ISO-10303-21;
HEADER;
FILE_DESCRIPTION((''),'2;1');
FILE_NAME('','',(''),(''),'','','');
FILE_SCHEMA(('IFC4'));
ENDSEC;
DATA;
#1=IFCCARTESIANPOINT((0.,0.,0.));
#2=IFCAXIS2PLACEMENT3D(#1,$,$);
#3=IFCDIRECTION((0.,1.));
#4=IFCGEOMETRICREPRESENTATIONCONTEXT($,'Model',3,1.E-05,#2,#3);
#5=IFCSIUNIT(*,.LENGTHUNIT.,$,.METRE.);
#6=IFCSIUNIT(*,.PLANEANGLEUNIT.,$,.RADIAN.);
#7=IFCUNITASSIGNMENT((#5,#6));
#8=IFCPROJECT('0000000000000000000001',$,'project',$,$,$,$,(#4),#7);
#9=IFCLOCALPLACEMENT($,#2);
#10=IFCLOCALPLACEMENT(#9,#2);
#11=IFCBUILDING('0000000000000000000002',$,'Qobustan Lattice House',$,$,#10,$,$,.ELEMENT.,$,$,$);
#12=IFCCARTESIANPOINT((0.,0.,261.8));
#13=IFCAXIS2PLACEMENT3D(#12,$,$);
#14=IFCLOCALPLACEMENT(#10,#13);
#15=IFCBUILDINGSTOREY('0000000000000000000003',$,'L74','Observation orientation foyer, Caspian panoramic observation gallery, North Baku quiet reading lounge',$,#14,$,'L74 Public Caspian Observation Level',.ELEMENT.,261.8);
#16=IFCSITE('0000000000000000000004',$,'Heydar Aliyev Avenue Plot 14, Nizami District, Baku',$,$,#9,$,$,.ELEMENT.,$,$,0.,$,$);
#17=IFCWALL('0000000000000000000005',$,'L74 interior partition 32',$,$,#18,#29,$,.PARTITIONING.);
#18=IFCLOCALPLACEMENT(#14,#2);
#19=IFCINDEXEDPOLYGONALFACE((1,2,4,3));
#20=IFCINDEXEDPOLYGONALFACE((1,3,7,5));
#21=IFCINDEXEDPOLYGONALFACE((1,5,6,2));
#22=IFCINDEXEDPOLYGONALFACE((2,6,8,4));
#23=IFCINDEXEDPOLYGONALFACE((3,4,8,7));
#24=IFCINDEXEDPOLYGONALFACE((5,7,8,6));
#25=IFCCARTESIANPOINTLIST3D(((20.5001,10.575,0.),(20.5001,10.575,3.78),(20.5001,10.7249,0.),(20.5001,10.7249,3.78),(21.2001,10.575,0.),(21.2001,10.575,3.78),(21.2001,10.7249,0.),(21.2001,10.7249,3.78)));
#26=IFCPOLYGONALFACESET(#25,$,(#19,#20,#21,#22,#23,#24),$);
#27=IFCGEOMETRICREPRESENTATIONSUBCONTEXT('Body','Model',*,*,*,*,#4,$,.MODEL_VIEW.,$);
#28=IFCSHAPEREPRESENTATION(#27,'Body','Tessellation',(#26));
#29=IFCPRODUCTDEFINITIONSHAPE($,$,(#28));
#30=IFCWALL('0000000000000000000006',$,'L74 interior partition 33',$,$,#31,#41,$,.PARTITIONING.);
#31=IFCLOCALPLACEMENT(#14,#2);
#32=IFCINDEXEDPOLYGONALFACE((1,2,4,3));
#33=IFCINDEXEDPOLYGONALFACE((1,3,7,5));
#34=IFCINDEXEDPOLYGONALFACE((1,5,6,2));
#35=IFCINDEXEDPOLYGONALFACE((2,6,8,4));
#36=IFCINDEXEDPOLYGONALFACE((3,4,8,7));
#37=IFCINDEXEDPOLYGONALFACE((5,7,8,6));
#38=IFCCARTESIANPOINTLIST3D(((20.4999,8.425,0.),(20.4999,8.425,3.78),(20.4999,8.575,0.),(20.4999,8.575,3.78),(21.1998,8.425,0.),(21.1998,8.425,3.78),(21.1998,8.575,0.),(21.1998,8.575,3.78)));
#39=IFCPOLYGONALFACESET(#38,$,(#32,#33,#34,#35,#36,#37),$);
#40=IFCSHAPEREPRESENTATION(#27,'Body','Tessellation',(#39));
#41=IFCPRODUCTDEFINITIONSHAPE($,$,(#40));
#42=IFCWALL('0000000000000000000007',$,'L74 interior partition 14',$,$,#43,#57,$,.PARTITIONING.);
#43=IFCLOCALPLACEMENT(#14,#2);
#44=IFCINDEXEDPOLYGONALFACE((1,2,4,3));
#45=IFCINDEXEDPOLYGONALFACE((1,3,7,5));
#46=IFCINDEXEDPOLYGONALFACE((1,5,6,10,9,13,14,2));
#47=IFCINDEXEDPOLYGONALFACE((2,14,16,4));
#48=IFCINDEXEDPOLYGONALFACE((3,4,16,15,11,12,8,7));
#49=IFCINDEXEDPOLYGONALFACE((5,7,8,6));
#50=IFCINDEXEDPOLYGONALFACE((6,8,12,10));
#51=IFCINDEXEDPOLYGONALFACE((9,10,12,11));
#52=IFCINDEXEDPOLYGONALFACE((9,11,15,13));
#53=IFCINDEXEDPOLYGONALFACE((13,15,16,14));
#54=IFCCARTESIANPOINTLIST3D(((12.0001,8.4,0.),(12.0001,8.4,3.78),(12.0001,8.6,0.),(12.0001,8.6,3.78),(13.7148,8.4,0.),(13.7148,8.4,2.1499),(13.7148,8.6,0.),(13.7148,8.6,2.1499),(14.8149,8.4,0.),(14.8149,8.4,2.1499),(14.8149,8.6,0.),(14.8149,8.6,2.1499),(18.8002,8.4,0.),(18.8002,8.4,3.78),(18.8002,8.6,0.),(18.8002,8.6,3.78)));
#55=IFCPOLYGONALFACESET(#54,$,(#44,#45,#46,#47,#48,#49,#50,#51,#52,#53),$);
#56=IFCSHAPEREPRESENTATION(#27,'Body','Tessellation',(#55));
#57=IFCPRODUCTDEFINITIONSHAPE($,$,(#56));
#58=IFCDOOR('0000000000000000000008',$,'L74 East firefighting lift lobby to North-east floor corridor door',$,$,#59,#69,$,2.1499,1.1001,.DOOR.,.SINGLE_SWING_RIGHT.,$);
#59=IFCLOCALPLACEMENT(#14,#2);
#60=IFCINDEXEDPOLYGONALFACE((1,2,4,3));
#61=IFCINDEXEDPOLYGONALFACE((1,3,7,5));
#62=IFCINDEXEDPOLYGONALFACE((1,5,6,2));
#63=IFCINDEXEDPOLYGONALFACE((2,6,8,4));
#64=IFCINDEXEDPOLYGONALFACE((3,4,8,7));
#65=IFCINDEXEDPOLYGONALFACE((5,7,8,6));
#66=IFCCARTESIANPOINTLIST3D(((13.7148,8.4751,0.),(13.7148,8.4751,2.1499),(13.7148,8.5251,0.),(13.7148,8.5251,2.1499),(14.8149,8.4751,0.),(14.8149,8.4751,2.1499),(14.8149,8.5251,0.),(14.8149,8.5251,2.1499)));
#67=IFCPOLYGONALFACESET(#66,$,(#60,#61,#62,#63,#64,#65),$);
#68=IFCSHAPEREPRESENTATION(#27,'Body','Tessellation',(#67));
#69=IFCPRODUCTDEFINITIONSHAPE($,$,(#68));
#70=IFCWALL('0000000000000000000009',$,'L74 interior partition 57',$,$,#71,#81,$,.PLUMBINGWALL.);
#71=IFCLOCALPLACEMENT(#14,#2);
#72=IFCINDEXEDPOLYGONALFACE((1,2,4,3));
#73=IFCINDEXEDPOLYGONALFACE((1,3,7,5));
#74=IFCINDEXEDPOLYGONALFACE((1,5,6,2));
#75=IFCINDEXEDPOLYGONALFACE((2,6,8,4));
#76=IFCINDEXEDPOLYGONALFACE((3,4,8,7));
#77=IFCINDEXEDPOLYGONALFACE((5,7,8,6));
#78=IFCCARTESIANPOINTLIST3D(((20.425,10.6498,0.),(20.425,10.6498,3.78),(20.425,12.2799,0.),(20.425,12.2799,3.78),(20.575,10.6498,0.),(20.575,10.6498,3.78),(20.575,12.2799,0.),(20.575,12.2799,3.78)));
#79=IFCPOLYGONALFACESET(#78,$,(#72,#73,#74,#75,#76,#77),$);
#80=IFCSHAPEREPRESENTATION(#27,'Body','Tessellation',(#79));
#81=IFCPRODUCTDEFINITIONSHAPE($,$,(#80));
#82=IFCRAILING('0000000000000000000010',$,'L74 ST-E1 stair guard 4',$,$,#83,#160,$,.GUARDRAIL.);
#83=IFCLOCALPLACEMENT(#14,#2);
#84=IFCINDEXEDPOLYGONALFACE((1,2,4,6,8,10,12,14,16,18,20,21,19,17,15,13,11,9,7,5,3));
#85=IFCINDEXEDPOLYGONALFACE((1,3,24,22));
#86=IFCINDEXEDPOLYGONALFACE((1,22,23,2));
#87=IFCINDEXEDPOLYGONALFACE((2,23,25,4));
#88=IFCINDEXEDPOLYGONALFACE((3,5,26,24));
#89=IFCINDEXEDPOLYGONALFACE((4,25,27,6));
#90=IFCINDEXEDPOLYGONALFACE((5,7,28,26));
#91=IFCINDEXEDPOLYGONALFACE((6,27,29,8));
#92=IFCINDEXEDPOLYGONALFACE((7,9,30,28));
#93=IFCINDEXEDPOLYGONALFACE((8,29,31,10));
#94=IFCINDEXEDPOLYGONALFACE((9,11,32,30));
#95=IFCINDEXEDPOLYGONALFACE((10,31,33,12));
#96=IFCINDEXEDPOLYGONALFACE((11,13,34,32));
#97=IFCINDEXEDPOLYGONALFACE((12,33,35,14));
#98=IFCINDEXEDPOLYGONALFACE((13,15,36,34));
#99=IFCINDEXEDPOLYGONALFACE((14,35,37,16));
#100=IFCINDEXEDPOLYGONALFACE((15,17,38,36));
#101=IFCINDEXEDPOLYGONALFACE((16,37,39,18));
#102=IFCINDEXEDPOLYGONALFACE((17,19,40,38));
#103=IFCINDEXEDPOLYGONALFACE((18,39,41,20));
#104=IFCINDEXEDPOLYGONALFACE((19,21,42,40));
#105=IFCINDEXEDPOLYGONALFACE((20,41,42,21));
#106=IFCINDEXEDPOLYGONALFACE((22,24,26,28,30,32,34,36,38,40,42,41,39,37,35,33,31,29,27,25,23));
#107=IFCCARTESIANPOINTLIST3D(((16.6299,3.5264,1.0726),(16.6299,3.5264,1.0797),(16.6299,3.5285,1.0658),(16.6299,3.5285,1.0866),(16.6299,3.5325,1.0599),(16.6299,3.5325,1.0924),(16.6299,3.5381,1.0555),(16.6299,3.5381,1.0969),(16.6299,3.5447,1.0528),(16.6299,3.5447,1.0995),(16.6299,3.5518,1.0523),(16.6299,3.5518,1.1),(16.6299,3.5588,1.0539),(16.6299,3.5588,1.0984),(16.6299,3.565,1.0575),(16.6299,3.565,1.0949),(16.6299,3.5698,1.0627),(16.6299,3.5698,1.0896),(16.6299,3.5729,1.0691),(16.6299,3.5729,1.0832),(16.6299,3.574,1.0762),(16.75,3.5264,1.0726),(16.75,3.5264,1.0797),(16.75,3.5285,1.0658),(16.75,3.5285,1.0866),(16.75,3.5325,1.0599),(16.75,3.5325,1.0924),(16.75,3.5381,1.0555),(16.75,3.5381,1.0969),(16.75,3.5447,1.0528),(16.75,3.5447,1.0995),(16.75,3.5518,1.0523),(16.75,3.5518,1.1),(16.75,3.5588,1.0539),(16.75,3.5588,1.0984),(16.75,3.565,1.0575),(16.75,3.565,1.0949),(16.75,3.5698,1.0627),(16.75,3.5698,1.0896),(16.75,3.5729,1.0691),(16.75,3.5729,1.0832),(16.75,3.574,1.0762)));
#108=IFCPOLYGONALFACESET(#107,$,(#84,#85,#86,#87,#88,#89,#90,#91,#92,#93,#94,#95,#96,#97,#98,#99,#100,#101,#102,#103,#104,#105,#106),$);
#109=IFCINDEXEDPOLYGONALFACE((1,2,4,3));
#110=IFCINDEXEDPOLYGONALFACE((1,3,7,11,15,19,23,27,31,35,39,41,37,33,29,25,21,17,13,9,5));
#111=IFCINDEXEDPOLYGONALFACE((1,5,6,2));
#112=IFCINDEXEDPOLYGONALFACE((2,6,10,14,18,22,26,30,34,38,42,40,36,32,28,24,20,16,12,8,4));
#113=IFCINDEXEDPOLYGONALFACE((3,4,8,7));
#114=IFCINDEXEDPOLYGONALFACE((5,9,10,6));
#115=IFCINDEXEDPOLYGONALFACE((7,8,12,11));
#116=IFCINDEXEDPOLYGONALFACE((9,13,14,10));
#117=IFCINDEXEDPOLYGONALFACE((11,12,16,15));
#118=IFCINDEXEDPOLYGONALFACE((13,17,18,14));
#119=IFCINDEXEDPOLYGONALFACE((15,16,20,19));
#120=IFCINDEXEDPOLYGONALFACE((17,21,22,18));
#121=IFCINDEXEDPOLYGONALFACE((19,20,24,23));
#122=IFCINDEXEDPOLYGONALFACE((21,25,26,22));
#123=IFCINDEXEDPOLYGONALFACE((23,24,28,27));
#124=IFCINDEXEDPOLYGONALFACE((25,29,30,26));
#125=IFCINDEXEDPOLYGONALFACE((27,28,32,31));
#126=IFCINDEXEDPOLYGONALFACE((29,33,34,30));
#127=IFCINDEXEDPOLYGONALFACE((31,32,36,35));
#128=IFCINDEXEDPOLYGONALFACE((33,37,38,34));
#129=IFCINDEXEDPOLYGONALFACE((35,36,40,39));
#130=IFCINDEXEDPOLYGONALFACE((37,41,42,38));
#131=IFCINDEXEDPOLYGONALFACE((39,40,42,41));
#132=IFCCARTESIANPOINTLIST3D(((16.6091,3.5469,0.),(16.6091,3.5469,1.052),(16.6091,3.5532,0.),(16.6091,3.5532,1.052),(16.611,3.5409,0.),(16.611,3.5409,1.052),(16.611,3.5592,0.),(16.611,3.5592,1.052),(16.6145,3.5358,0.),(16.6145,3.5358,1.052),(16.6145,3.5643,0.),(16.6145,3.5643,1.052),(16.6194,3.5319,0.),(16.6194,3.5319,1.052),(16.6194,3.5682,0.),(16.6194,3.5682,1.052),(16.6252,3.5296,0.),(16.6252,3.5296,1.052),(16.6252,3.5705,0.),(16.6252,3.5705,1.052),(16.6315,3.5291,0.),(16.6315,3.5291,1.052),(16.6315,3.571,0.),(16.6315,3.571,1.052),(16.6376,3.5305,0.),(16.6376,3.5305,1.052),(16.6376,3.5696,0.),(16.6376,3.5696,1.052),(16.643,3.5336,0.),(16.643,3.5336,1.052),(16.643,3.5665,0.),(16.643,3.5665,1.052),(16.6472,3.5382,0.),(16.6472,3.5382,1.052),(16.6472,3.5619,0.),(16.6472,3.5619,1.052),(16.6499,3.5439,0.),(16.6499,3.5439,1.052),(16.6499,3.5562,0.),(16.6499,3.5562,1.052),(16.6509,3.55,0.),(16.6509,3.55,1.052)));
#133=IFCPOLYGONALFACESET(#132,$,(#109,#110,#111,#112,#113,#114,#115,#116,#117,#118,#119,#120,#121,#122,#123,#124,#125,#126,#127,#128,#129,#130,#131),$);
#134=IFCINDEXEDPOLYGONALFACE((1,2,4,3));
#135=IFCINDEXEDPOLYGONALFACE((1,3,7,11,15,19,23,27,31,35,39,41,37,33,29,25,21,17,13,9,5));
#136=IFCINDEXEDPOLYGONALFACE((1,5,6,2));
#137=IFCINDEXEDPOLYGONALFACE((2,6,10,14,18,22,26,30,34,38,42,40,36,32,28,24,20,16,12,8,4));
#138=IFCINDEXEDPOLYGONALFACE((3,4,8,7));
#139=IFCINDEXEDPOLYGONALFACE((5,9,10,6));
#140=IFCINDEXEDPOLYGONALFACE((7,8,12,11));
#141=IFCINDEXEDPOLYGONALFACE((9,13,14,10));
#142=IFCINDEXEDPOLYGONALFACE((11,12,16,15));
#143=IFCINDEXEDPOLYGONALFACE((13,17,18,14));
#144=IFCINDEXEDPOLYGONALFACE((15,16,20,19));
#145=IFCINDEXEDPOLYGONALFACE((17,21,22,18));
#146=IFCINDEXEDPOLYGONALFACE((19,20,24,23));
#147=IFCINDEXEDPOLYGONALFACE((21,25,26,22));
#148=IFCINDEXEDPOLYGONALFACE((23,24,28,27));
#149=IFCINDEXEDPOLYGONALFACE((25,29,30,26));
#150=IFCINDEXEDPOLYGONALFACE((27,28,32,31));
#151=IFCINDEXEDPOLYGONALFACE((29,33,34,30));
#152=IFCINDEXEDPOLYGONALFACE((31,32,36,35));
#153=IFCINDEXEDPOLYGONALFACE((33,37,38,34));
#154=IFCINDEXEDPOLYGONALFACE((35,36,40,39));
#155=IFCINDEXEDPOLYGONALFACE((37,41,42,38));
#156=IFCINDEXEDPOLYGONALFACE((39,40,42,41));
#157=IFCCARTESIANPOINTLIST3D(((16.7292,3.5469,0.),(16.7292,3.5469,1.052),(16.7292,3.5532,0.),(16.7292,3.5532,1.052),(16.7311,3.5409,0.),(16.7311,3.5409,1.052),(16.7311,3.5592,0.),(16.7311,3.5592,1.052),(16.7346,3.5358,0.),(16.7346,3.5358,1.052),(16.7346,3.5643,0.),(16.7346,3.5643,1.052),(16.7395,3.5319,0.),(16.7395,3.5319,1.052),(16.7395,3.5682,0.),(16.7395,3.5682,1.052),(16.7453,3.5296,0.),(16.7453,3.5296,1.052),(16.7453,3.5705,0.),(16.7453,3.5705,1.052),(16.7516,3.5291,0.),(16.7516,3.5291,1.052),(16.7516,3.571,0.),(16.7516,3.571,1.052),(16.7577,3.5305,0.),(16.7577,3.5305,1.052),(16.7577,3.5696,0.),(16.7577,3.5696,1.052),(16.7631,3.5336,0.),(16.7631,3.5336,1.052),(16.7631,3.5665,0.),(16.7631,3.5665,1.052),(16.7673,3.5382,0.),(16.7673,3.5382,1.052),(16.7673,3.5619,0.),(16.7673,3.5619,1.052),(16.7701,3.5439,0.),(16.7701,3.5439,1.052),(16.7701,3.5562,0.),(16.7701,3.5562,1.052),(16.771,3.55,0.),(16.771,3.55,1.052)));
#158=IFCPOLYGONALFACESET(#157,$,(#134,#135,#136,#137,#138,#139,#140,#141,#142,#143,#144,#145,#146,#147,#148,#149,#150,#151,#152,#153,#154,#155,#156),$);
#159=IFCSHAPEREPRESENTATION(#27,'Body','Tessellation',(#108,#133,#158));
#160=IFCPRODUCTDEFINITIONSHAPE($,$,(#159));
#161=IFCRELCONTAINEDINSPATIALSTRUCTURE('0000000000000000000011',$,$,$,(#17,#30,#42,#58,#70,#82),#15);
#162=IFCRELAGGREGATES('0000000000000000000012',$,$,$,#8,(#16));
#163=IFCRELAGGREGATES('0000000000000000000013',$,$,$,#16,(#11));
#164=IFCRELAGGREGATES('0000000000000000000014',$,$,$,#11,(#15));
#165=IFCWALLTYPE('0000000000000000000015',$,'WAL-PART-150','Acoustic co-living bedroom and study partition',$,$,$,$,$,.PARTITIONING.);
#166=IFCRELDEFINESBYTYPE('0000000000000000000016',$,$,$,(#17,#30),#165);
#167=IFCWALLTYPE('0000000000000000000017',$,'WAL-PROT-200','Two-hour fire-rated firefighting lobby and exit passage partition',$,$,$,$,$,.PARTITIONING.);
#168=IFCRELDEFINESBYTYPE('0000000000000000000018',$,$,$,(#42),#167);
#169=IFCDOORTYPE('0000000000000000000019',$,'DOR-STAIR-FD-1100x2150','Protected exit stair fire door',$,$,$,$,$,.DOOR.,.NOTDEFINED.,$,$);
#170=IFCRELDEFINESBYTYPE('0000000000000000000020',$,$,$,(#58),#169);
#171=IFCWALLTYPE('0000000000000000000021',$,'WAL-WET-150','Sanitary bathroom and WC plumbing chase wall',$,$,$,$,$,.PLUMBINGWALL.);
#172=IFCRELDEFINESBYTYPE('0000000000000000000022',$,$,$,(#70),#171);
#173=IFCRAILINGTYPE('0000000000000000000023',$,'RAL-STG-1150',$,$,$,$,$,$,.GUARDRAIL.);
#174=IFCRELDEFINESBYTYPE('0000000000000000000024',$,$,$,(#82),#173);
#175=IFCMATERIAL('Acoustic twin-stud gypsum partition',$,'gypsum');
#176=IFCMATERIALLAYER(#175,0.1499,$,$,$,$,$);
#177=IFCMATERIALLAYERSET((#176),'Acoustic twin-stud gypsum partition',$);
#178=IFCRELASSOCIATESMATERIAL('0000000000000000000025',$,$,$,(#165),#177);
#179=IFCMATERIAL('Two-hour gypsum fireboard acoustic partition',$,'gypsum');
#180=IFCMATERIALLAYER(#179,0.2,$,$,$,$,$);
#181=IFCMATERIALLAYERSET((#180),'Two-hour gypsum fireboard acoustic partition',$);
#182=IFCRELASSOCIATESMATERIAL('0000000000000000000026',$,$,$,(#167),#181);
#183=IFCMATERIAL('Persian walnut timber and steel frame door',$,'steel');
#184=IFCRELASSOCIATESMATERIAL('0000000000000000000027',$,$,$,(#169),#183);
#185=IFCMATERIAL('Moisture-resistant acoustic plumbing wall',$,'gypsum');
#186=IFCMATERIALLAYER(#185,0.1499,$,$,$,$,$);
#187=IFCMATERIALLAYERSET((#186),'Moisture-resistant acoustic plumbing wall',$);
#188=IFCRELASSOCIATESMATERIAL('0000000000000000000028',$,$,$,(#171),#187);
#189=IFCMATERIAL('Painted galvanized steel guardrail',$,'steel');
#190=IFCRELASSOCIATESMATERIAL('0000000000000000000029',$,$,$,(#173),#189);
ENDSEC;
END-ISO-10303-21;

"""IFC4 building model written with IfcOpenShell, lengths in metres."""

from ifc_helpers import new_model, si_unit, direction, frame, frame_2d, origin, origin_2d, place, context, subcontext, project, spatial, rectangle, circle, extrude, material, layer, layer_set, type_object, element, fill, save


model = new_model("IFC4")

# Units and contexts
model_context = context("Model", 3, precision=1e-05, world=origin(), true_north=direction((0.0, 1.0)))
body_context = subcontext(model_context, "Body", "Model", "MODEL_VIEW")
ifc_project = project(units=[si_unit("LENGTHUNIT", "METRE"), si_unit("PLANEANGLEUNIT", "RADIAN")], contexts=[model_context])

# Site, building, storey
site_placement = place(None, origin())
site = spatial("IfcSite", under=ifc_project, at=site_placement, Name="Heydar Aliyev Avenue Plot 14, Nizami District, Baku", CompositionType="ELEMENT", RefElevation=0.0)
building_placement = place(site_placement, origin())
building = spatial("IfcBuilding", under=site, at=building_placement, Name="Qobustan Lattice House", CompositionType="ELEMENT")
storey_placement = place(building_placement, frame((0.0, 0.0, 261.8)))
storey = spatial("IfcBuildingStorey", under=building, at=storey_placement, Name="L74", Description="Observation orientation foyer, Caspian panoramic observation gallery, North Baku quiet reading lounge", LongName="L74 Public Caspian Observation Level", CompositionType="ELEMENT", Elevation=261.8)

# Walls
ifc_material_1 = material(Name="Acoustic twin-stud gypsum partition", Category="gypsum")
ifc_layer_1 = layer(ifc_material_1, 0.1499)
ifc_layer_set_1 = layer_set([ifc_layer_1], Name="Acoustic twin-stud gypsum partition")
wall_type_1 = type_object("IfcWallType", Name="WAL-PART-150", Description="Acoustic co-living bedroom and study partition", PredefinedType="PARTITIONING", material=ifc_layer_set_1)
for number, where, z_axis, x_axis, name in (
    (1, (20.5, 10.6499, 0.0), (0.0, 0.0, 1.0), (1.0, 0.0, 0.0), "L74 interior partition 32"),
    (2, (21.2, 8.5, 0.0), (0.0, 0.0, 1.0), (-1.0, 0.0, 0.0), "L74 interior partition 33"),
):
    element("IfcWall", number, at=place(storey_placement, frame(where, z_axis=z_axis, x_axis=x_axis)), inside=storey, type_object=wall_type_1, Name=name, PredefinedType="PARTITIONING", context=body_context, shape_type="SweptSolid", body=[
        extrude(rectangle(XDim=0.7, YDim=0.1499, at=frame_2d((0.3501, 0.0))), origin(), (0.0, 0.0, 1.0), 3.78),
    ])

# Wall, opening, door
ifc_material_2 = material(Name="Two-hour gypsum fireboard acoustic partition", Category="gypsum")
ifc_layer_2 = layer(ifc_material_2, 0.2)
ifc_layer_set_2 = layer_set([ifc_layer_2], Name="Two-hour gypsum fireboard acoustic partition")
wall_type_2 = type_object("IfcWallType", Name="WAL-PROT-200", Description="Two-hour fire-rated firefighting lobby and exit passage partition", PredefinedType="PARTITIONING", material=ifc_layer_set_2)
wall_1_placement = place(storey_placement, frame((18.8, 8.5, 0.0), z_axis=(0.0, 0.0, 1.0), x_axis=(-1.0, 0.0, 0.0)))
wall_1 = element("IfcWall", 3, at=wall_1_placement, inside=storey, type_object=wall_type_2, Name="L74 interior partition 14", PredefinedType="PARTITIONING", context=body_context, shape_type="SweptSolid", body=[
    extrude(rectangle(XDim=6.8, YDim=0.2, at=frame_2d((3.3999, 0.0))), origin(), (0.0, 0.0, 1.0), 3.78),
])
opening_placement = place(wall_1_placement, frame((3.9851, 0.0, 0.0)))
opening = element("IfcOpeningElement", 4, at=opening_placement, cuts=wall_1, PredefinedType="OPENING", context=body_context, shape_type="SweptSolid", body=[
    extrude(rectangle(XDim=1.1001, YDim=2.1499, at=frame_2d((0.55, 1.075))), frame((0.0, 0.1099, 0.0), z_axis=(0.0, -1.0, 0.0), x_axis=(1.0, 0.0, 0.0)), (0.0, 0.0, 1.0), 0.22),
])
ifc_material_3 = material(Name="Persian walnut timber and steel frame door", Category="steel")
door_type = type_object("IfcDoorType", Name="DOR-STAIR-FD-1100x2150", Description="Protected exit stair fire door", OperationType="NOTDEFINED", PredefinedType="DOOR", material=ifc_material_3)
door_placement = place(opening_placement, origin())
door = element("IfcDoor", 5, at=door_placement, inside=storey, type_object=door_type, Name="L74 East firefighting lift lobby to North-east floor corridor door", OperationType="SINGLE_SWING_RIGHT", OverallHeight=2.1499, OverallWidth=1.1001, PredefinedType="DOOR", context=body_context, shape_type="SweptSolid", body=[
    extrude(rectangle(XDim=1.1001, YDim=2.1499, at=frame_2d((0.55, 1.075))), frame((0.0, 0.0249, 0.0), z_axis=(0.0, -1.0, 0.0), x_axis=(1.0, 0.0, 0.0)), (0.0, 0.0, 1.0), 0.05),
])
fill(opening, door)

# Wall
ifc_material_4 = material(Name="Moisture-resistant acoustic plumbing wall", Category="gypsum")
ifc_layer_3 = layer(ifc_material_4, 0.1499)
ifc_layer_set_3 = layer_set([ifc_layer_3], Name="Moisture-resistant acoustic plumbing wall")
wall_type_3 = type_object("IfcWallType", Name="WAL-WET-150", Description="Sanitary bathroom and WC plumbing chase wall", PredefinedType="PLUMBINGWALL", material=ifc_layer_set_3)
wall_2_placement = place(storey_placement, frame((20.5, 10.6499, 0.0), z_axis=(0.0, 0.0, 1.0), x_axis=(0.0, 1.0, 0.0)))
element("IfcWall", 6, at=wall_2_placement, inside=storey, type_object=wall_type_3, Name="L74 interior partition 57", PredefinedType="PLUMBINGWALL", context=body_context, shape_type="SweptSolid", body=[
    extrude(rectangle(XDim=1.6301, YDim=0.1499, at=frame_2d((0.8149, 0.0))), origin(), (0.0, 0.0, 1.0), 3.78),
])

# Railing
ifc_material_5 = material(Name="Painted galvanized steel guardrail", Category="steel")
railing_type = type_object("IfcRailingType", Name="RAL-STG-1150", PredefinedType="GUARDRAIL", material=ifc_material_5)
railing_placement = place(storey_placement, frame((16.6299, 3.55, 0.0)))
element("IfcRailing", 7, at=railing_placement, inside=storey, type_object=railing_type, Name="L74 ST-E1 stair guard 4", PredefinedType="GUARDRAIL", context=body_context, shape_type="SweptSolid", body=[
    extrude(circle(Radius=0.0239, at=origin_2d()), frame((0.0, 0.0, 1.0762), z_axis=(1.0, 0.0, 0.0), x_axis=(0.0, 1.0, 0.0)), (0.0, 0.0, 1.0), 0.1201),
    extrude(circle(Radius=0.021, at=origin_2d()), origin(), (0.0, 0.0, 1.0), 1.052),
    extrude(circle(Radius=0.021, at=origin_2d()), frame((0.1201, 0.0, 0.0)), (0.0, 0.0, 1.0), 1.052),
])

save(model, "model.ifc")
